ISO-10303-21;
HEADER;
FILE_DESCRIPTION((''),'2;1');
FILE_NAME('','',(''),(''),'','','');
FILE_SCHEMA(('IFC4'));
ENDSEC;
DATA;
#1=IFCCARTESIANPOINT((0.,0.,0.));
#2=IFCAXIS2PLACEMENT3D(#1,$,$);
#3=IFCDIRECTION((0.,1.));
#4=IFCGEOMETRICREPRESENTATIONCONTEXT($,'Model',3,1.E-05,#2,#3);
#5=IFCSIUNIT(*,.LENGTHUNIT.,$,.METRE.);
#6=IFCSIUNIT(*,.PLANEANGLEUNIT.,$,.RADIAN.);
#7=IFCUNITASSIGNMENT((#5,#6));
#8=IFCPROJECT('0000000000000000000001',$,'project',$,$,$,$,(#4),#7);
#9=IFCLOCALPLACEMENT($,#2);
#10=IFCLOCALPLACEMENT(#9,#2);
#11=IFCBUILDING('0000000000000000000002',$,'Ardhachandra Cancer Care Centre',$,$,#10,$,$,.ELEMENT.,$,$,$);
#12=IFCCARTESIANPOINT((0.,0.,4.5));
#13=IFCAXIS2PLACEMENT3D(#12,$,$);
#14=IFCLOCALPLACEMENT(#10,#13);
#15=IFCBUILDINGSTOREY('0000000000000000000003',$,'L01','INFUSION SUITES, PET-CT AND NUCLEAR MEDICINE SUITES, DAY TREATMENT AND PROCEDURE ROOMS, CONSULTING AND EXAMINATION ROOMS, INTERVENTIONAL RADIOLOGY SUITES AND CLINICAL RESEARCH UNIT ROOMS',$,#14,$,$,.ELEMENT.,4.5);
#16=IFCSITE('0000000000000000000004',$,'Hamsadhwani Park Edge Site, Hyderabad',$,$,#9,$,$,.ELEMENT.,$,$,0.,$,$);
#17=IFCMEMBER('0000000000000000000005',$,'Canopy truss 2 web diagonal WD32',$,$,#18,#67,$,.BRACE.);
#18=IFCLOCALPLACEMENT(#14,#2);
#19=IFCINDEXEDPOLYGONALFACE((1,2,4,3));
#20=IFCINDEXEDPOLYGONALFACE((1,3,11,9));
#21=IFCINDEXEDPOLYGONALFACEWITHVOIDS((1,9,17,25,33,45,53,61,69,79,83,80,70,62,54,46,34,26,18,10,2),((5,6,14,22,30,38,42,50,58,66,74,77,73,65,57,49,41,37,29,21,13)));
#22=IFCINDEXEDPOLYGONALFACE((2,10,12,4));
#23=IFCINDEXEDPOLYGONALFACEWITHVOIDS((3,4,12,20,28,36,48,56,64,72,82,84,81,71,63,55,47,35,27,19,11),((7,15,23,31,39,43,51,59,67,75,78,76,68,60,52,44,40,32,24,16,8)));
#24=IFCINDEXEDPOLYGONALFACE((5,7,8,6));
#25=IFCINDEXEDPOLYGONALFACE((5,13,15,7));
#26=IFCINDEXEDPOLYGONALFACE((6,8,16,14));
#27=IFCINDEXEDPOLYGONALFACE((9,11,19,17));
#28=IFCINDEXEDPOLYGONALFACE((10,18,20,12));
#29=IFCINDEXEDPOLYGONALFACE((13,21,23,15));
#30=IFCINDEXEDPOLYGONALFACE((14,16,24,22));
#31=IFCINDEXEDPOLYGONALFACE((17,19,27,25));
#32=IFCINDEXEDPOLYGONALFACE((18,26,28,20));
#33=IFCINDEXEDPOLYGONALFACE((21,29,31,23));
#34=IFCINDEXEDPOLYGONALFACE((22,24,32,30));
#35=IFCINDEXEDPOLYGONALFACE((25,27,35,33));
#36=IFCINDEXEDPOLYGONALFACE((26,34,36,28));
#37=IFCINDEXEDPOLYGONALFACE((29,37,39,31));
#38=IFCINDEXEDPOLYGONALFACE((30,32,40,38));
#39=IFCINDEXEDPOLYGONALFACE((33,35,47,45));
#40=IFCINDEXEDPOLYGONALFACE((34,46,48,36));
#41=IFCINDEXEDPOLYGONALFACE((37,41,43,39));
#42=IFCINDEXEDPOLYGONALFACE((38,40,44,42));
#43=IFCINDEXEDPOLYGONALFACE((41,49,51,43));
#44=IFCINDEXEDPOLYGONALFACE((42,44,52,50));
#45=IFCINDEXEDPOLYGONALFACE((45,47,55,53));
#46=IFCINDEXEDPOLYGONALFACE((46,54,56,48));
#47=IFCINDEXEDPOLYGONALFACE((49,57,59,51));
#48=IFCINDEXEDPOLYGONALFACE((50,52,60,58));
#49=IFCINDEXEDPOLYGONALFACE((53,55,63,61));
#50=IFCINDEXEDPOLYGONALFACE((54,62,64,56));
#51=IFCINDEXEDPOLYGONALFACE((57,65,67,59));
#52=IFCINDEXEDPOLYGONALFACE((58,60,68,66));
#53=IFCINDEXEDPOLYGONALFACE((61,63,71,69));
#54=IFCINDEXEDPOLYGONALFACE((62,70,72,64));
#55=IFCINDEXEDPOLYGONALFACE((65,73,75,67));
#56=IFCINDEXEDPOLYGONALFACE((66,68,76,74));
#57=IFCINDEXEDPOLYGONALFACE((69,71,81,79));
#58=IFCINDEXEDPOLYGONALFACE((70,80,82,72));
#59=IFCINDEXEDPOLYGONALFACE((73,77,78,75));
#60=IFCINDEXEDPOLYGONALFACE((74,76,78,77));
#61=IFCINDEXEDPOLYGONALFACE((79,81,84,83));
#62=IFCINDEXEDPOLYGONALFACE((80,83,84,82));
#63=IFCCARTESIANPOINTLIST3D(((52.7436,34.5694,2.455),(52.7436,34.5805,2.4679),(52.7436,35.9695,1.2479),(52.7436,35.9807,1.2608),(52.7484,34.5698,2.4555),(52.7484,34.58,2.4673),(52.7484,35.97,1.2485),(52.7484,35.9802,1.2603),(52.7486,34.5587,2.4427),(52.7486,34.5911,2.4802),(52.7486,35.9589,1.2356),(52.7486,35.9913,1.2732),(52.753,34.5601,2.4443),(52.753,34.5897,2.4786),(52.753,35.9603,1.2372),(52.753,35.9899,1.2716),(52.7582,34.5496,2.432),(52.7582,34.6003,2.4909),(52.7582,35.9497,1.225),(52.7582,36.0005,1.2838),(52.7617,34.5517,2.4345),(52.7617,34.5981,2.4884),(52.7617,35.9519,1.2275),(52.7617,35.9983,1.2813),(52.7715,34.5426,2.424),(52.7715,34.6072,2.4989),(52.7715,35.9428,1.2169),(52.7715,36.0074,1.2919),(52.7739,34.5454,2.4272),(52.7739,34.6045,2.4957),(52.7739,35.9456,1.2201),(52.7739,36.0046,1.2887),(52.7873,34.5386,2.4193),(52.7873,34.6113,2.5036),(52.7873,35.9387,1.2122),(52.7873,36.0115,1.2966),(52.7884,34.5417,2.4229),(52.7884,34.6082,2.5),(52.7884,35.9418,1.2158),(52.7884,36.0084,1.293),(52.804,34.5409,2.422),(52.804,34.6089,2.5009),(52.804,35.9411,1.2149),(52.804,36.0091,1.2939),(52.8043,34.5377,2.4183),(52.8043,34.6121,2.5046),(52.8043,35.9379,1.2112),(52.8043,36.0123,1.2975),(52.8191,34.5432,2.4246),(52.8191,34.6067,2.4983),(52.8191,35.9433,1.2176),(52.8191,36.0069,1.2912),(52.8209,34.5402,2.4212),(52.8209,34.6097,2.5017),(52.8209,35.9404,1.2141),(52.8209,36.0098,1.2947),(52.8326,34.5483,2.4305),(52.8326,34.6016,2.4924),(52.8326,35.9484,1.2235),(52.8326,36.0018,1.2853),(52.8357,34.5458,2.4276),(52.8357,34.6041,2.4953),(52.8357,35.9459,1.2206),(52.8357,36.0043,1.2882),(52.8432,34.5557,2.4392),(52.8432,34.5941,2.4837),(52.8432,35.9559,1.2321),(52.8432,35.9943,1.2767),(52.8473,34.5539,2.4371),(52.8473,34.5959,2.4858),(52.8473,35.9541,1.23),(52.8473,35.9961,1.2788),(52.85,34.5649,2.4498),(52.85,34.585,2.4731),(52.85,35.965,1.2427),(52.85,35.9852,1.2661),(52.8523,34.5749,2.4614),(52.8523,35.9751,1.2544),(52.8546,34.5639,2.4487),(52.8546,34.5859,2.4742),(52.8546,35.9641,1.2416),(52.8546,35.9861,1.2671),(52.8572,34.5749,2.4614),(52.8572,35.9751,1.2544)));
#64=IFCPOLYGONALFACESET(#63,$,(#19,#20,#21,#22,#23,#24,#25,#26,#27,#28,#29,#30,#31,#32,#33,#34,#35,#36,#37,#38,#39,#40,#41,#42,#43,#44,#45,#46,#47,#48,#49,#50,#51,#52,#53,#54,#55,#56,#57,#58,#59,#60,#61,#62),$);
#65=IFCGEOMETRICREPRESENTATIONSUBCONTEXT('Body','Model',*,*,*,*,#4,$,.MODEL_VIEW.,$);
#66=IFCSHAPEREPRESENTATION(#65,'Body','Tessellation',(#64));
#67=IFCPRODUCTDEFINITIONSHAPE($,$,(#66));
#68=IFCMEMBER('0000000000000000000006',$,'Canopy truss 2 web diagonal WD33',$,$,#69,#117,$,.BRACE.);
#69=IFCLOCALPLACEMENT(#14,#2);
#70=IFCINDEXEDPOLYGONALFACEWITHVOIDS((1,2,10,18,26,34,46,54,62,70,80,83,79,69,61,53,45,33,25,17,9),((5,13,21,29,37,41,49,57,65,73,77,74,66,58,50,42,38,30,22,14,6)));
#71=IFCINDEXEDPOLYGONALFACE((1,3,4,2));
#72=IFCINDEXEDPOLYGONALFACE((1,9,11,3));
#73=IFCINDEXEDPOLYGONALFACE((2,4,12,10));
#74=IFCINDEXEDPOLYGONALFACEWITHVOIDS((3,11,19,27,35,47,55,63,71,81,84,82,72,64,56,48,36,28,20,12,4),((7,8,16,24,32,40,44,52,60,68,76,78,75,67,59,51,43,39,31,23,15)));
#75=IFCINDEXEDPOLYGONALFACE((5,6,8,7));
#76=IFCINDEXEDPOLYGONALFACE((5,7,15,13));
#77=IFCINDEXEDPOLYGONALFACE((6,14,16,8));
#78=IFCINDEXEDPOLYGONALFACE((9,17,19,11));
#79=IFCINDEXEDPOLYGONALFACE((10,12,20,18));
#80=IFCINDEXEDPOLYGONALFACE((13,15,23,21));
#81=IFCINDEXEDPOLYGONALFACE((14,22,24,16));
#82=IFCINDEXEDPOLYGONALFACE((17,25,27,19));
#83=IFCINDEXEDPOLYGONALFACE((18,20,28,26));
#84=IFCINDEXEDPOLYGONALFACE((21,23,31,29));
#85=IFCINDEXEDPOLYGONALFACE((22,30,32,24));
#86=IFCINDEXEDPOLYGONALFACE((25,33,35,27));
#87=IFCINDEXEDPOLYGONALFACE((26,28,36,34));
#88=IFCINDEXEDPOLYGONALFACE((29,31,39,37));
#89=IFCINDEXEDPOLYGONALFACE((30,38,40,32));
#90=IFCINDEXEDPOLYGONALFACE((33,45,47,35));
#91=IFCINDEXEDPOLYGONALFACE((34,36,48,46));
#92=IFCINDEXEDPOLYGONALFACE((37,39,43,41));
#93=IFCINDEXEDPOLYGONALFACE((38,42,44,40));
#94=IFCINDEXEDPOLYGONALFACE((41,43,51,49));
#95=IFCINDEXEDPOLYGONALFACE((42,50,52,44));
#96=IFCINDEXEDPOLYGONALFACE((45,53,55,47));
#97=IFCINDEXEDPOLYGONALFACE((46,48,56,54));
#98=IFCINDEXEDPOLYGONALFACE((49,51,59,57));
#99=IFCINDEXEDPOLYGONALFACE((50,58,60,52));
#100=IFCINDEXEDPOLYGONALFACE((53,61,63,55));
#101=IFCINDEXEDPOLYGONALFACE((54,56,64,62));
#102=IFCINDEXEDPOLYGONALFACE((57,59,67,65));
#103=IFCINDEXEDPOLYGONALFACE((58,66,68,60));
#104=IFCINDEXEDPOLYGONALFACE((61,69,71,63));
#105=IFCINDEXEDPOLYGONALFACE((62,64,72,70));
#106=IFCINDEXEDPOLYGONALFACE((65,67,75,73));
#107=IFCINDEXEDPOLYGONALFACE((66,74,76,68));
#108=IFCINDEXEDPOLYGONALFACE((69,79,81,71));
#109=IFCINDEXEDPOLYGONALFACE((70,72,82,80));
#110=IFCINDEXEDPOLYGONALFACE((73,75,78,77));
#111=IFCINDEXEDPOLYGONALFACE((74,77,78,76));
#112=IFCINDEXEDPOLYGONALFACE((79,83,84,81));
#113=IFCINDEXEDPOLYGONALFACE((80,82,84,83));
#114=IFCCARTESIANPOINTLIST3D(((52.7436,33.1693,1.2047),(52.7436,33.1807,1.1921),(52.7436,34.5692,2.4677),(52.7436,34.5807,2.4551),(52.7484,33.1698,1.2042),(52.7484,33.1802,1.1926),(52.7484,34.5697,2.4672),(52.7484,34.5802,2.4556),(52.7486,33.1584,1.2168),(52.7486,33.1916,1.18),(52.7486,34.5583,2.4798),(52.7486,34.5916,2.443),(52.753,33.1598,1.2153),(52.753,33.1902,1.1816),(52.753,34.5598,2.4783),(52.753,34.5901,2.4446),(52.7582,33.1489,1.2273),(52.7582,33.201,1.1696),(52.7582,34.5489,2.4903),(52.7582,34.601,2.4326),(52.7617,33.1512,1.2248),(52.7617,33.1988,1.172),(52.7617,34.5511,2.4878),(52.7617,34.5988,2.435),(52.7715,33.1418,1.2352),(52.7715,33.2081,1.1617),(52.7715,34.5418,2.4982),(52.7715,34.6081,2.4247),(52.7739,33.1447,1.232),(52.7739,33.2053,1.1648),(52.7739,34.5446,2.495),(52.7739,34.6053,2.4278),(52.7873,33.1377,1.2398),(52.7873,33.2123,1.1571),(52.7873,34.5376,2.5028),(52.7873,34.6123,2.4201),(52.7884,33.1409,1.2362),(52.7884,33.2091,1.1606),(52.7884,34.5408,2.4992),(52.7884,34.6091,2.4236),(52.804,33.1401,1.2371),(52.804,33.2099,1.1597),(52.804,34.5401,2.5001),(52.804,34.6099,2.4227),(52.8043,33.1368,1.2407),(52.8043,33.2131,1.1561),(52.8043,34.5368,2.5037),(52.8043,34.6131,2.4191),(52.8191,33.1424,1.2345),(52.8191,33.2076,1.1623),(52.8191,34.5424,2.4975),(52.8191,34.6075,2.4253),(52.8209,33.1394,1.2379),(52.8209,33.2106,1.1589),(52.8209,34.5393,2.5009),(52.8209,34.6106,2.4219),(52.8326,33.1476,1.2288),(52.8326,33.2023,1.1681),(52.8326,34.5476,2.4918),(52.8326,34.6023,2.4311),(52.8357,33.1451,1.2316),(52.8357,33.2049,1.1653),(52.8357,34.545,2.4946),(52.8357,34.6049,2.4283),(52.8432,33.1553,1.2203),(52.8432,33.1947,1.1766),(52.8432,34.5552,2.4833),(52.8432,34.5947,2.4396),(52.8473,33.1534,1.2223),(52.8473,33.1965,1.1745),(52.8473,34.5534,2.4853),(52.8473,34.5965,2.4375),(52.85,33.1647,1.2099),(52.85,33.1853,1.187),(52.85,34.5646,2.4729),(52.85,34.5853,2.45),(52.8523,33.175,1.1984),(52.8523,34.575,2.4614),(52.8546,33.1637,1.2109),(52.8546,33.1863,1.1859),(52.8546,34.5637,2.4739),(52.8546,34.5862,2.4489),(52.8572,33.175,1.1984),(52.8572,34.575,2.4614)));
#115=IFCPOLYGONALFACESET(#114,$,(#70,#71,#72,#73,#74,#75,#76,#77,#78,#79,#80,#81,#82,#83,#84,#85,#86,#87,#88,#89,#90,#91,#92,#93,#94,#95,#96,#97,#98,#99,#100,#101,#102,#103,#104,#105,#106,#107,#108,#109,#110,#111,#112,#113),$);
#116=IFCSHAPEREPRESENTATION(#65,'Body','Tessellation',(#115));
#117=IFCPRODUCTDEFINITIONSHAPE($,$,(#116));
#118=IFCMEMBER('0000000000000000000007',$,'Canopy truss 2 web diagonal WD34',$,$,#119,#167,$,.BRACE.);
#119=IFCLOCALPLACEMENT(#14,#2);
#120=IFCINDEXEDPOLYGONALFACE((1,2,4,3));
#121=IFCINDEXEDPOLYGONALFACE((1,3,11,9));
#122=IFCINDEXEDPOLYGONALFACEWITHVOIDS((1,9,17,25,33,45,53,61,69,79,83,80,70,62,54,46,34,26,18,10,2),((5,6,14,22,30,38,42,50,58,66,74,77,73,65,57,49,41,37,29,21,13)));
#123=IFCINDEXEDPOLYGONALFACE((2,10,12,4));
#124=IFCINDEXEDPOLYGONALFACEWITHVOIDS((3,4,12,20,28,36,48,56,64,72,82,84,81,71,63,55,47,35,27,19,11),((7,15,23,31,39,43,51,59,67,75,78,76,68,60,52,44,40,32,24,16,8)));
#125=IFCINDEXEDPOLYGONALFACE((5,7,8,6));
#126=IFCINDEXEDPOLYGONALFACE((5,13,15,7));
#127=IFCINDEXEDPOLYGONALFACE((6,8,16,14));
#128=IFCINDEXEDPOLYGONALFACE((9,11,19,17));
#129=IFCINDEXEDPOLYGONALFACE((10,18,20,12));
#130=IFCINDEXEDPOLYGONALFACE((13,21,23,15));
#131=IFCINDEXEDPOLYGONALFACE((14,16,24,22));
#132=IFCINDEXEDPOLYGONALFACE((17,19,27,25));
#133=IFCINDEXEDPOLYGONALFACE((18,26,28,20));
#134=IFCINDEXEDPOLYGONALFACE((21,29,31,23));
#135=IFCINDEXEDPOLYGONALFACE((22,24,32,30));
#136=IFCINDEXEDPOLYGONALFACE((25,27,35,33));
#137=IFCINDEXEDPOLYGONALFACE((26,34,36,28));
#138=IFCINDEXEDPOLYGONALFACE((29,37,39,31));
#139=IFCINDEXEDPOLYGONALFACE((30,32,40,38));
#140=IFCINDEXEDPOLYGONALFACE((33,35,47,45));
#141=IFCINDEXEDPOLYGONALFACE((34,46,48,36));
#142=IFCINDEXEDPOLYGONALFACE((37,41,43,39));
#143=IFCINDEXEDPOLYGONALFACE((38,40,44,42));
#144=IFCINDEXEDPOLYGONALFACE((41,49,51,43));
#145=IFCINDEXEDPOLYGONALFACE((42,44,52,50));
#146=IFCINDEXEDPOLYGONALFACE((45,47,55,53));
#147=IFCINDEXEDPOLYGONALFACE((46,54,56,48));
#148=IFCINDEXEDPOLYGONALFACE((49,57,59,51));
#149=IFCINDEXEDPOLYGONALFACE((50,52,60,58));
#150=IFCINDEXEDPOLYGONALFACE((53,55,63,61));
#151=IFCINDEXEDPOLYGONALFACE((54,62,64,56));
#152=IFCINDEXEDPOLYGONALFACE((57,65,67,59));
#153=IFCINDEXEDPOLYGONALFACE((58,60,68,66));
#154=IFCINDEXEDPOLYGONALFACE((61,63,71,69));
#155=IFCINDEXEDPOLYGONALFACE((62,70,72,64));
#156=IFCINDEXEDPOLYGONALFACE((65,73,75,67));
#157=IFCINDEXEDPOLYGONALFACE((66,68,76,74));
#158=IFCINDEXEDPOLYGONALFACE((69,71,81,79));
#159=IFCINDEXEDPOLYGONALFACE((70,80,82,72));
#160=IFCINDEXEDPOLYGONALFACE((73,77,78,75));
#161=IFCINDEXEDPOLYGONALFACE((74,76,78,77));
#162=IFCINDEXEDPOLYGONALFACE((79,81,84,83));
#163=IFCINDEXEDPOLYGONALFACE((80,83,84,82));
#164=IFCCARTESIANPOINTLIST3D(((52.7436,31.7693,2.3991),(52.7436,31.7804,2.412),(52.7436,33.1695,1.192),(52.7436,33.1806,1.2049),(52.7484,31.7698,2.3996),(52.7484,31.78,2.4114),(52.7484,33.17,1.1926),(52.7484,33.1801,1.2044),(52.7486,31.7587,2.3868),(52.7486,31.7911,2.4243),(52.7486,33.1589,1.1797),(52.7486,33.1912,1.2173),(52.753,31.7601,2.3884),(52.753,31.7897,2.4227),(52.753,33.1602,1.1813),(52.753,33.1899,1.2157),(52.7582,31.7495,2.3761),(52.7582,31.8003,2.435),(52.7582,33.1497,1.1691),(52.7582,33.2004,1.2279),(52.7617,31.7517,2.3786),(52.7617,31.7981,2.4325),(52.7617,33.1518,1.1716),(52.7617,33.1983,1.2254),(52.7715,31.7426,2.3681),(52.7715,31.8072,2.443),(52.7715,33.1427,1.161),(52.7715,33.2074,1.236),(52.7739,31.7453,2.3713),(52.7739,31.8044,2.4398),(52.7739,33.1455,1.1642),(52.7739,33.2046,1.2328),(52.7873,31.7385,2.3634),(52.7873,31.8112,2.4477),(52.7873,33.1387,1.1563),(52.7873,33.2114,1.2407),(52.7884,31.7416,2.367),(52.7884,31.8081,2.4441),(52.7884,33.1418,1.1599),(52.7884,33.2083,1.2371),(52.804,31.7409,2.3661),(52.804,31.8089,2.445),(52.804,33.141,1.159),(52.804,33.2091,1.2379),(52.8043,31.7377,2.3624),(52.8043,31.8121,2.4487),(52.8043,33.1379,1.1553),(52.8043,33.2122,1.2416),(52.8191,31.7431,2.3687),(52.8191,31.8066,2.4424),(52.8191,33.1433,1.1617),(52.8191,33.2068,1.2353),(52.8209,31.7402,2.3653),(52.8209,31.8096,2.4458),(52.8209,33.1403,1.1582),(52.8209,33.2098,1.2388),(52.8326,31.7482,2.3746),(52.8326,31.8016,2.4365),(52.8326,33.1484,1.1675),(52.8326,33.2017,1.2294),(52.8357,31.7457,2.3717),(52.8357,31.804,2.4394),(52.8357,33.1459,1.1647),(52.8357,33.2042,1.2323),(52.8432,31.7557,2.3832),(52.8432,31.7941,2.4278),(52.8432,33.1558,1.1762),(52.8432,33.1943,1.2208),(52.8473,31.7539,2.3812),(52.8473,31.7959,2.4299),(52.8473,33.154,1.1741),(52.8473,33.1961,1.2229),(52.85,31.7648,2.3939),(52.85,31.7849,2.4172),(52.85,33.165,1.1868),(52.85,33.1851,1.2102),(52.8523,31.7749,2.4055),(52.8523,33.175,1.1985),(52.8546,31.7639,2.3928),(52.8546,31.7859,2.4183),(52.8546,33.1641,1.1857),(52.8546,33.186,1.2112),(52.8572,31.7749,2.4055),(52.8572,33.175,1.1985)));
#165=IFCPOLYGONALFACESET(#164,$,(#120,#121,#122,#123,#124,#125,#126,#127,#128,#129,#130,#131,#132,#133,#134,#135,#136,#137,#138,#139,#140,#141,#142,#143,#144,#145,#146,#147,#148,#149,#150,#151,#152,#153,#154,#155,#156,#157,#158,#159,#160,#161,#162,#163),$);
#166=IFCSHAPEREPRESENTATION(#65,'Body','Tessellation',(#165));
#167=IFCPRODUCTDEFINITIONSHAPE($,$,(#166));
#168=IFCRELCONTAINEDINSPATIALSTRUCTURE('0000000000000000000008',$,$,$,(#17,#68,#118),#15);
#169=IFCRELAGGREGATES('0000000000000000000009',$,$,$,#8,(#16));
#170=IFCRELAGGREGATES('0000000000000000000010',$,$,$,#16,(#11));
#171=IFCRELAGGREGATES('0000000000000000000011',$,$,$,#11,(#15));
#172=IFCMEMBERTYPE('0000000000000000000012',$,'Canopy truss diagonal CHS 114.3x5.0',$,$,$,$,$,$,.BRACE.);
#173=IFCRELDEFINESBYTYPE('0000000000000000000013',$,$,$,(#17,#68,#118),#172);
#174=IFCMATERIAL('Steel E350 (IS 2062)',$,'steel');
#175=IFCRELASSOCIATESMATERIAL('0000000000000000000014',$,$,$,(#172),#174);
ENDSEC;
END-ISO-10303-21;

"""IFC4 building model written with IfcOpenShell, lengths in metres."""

from ifc_helpers import new_model, si_unit, direction, frame, origin, origin_2d, place, context, subcontext, project, spatial, hollow_circle, extrude, material, material_profile, profile_set, type_object, element, save


model = new_model("IFC4")

# Units and contexts
model_context = context("Model", 3, precision=1e-05, world=origin(), true_north=direction((0.0, 1.0)))
body_context = subcontext(model_context, "Body", "Model", "MODEL_VIEW")
ifc_project = project(units=[si_unit("LENGTHUNIT", "METRE"), si_unit("PLANEANGLEUNIT", "RADIAN")], contexts=[model_context])

# Site, building, storey
site_placement = place(None, origin())
site = spatial("IfcSite", under=ifc_project, at=site_placement, Name="Hamsadhwani Park Edge Site, Hyderabad", CompositionType="ELEMENT", RefElevation=0.0)
building_placement = place(site_placement, origin())
building = spatial("IfcBuilding", under=site, at=building_placement, Name="Ardhachandra Cancer Care Centre", CompositionType="ELEMENT")
storey_placement = place(building_placement, frame((0.0, 0.0, 4.5)))
storey = spatial("IfcBuildingStorey", under=building, at=storey_placement, Name="L01", Description="INFUSION SUITES, PET-CT AND NUCLEAR MEDICINE SUITES, DAY TREATMENT AND PROCEDURE ROOMS, CONSULTING AND EXAMINATION ROOMS, INTERVENTIONAL RADIOLOGY SUITES AND CLINICAL RESEARCH UNIT ROOMS", CompositionType="ELEMENT", Elevation=4.5)

# Members
ifc_material_1 = material(Name="Steel E350 (IS 2062)", Category="steel")
ifc_material_profile_1 = material_profile(ifc_material_1, hollow_circle(Radius=0.0571, WallThickness=0.0049, at=origin_2d()), Name="CHS 114.3x5.0")
ifc_profile_set_1 = profile_set([ifc_material_profile_1], Name="Steel E350 (IS 2062)")
member_type_1 = type_object("IfcMemberType", Name="Canopy truss diagonal CHS 114.3x5.0", PredefinedType="BRACE", material=ifc_profile_set_1)
member_1_placement = place(storey_placement, frame((52.8, 35.9751, 1.2544), z_axis=(0.0, -0.757408, 0.652942), x_axis=(1.0, 0.0, 0.0)))
element("IfcMember", 1, at=member_1_placement, inside=storey, type_object=member_type_1, Name="Canopy truss 2 web diagonal WD32", PredefinedType="BRACE", context=body_context, shape_type="SweptSolid", body=[
    extrude(hollow_circle(Radius=0.0571, WallThickness=0.0049, at=origin_2d()), origin(), (0.0, 0.0, 1.0), 1.8486),
])
member_2_placement = place(storey_placement, frame((52.8, 34.575, 2.4614), z_axis=(0.0, -0.742495, -0.669851), x_axis=(1.0, 0.0, 0.0)))
element("IfcMember", 2, at=member_2_placement, inside=storey, type_object=member_type_1, Name="Canopy truss 2 web diagonal WD33", PredefinedType="BRACE", context=body_context, shape_type="SweptSolid", body=[
    extrude(hollow_circle(Radius=0.0571, WallThickness=0.0049, at=origin_2d()), origin(), (0.0, 0.0, 1.0), 1.8855),
])
member_3_placement = place(storey_placement, frame((52.8, 33.175, 1.1985), z_axis=(0.0, -0.757408, 0.652942), x_axis=(1.0, 0.0, 0.0)))
element("IfcMember", 3, at=member_3_placement, inside=storey, type_object=member_type_1, Name="Canopy truss 2 web diagonal WD34", PredefinedType="BRACE", context=body_context, shape_type="SweptSolid", body=[
    extrude(hollow_circle(Radius=0.0571, WallThickness=0.0049, at=origin_2d()), origin(), (0.0, 0.0, 1.0), 1.8486),
])

save(model, "model.ifc")
